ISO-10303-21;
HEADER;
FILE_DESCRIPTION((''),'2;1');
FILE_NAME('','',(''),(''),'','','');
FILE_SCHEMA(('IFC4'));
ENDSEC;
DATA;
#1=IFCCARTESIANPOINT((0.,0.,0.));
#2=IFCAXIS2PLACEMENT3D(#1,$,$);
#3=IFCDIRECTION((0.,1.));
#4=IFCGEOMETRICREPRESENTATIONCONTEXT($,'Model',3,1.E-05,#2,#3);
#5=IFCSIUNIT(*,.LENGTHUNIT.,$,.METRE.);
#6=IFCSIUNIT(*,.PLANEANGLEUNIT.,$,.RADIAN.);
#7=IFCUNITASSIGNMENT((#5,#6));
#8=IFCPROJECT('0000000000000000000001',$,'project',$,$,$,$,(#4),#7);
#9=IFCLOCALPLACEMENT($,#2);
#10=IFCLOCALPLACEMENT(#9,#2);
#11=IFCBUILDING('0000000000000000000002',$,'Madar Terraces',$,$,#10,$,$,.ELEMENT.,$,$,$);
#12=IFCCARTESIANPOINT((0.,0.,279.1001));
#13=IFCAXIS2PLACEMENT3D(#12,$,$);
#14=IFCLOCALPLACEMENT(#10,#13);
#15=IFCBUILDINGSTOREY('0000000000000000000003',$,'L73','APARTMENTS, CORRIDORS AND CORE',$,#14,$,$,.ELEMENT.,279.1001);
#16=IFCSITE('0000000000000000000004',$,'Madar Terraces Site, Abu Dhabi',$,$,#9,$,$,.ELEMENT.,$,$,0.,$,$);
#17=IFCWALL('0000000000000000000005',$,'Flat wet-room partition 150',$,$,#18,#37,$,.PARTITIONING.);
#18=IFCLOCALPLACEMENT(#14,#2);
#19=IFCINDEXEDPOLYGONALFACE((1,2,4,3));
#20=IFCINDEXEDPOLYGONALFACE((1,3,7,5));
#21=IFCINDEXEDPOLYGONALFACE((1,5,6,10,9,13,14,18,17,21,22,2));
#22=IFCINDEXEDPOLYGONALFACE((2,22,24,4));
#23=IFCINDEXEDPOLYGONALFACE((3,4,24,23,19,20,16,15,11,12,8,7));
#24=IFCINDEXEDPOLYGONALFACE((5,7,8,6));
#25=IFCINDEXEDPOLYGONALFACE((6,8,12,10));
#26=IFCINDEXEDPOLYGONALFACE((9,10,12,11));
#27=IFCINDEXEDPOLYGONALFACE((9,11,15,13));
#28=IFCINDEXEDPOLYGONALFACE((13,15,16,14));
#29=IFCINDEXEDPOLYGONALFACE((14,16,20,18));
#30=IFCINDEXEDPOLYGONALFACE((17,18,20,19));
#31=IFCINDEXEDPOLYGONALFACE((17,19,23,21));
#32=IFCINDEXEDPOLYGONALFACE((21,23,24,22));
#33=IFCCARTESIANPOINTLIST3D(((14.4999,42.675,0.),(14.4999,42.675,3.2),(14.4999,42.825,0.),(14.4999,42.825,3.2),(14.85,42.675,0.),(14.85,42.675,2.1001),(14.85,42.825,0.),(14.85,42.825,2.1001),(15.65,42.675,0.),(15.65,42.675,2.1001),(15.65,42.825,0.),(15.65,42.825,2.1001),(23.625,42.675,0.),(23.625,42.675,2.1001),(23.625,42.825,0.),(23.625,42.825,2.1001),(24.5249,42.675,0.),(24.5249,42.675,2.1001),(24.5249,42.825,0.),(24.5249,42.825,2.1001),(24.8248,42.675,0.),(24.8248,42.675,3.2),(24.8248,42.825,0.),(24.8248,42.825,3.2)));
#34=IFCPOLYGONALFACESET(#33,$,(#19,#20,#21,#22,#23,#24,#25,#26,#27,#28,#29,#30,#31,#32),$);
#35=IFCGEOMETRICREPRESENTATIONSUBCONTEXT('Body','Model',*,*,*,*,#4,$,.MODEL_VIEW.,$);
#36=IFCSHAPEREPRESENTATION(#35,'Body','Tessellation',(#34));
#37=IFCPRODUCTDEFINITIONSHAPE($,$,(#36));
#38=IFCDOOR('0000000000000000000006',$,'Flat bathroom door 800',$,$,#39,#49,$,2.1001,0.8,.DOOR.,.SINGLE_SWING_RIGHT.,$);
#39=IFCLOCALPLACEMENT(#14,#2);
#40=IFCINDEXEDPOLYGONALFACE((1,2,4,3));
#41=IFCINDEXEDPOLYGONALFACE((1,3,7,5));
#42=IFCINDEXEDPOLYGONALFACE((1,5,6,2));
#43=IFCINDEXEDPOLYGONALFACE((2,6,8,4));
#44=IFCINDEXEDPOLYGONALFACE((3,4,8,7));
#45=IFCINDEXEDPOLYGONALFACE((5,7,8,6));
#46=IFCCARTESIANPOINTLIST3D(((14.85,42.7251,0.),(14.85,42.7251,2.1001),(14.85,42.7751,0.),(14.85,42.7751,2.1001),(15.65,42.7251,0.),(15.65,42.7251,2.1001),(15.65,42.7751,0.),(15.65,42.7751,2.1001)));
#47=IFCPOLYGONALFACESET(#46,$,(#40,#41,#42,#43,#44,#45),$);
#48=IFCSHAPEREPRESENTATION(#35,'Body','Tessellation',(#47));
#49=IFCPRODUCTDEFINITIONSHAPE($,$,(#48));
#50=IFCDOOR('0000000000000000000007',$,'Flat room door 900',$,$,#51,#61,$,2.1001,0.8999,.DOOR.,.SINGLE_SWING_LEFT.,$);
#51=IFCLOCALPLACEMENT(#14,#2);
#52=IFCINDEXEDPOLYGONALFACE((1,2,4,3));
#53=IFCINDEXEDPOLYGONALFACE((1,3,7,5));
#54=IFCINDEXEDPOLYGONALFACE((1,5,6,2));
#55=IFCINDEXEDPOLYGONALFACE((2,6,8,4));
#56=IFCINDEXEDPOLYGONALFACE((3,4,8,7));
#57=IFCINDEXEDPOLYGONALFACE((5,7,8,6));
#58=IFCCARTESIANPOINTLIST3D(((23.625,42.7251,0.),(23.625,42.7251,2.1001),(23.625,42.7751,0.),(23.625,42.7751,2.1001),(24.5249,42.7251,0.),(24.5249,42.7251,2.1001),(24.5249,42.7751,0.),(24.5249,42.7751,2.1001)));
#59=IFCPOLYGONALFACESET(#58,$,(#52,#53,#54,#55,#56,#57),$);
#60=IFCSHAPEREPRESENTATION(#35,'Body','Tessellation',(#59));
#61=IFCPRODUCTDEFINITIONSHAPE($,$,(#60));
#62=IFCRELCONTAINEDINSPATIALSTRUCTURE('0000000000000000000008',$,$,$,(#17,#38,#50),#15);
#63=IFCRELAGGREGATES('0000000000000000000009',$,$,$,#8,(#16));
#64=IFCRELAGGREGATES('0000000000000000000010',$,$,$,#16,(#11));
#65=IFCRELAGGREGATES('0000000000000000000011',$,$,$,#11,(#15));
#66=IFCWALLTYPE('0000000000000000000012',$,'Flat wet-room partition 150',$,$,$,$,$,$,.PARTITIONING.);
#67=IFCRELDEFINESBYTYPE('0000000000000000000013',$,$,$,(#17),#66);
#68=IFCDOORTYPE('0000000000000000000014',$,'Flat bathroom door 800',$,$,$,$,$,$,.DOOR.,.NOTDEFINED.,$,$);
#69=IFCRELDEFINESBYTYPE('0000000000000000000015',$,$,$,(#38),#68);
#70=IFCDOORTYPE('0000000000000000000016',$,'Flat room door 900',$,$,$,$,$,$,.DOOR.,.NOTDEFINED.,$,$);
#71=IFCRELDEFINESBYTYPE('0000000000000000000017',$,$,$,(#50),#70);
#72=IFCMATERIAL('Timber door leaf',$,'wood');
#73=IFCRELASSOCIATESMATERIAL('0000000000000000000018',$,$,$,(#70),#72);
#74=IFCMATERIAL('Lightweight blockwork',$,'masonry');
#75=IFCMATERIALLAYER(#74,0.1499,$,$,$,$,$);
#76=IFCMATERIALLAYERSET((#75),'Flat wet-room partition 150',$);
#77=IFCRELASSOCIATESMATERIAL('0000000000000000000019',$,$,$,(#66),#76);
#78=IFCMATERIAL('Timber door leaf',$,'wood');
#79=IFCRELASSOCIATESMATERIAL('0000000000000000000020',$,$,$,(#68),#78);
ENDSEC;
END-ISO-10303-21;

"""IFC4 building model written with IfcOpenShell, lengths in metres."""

from ifc_helpers import new_model, si_unit, direction, frame, frame_2d, origin, place, context, subcontext, project, spatial, rectangle, extrude, material, layer, layer_set, type_object, element, fill, save


model = new_model("IFC4")

# Units and contexts
model_context = context("Model", 3, precision=1e-05, world=origin(), true_north=direction((0.0, 1.0)))
body_context = subcontext(model_context, "Body", "Model", "MODEL_VIEW")
ifc_project = project(units=[si_unit("LENGTHUNIT", "METRE"), si_unit("PLANEANGLEUNIT", "RADIAN")], contexts=[model_context])

# Site, building, storey
site_placement = place(None, origin())
site = spatial("IfcSite", under=ifc_project, at=site_placement, Name="Madar Terraces Site, Abu Dhabi", CompositionType="ELEMENT", RefElevation=0.0)
building_placement = place(site_placement, origin())
building = spatial("IfcBuilding", under=site, at=building_placement, Name="Madar Terraces", CompositionType="ELEMENT")
storey_placement = place(building_placement, frame((0.0, 0.0, 279.1001)))
storey = spatial("IfcBuildingStorey", under=building, at=storey_placement, Name="L73", Description="APARTMENTS, CORRIDORS AND CORE", CompositionType="ELEMENT", Elevation=279.1001)

# Shared definitions
ifc_material_1 = material(Name="Timber door leaf", Category="wood")
door_type_1 = type_object("IfcDoorType", Name="Flat room door 900", OperationType="NOTDEFINED", PredefinedType="DOOR", material=ifc_material_1)

# Shared definitions
ifc_material_2 = material(Name="Lightweight blockwork", Category="masonry")
ifc_layer_1 = layer(ifc_material_2, 0.1499)
ifc_layer_set_1 = layer_set([ifc_layer_1], Name="Flat wet-room partition 150")
wall_type_1 = type_object("IfcWallType", Name="Flat wet-room partition 150", PredefinedType="PARTITIONING", material=ifc_layer_set_1)

# Wall, openings, doors
wall_1_placement = place(storey_placement, frame((24.825, 42.75, 0.0), z_axis=(0.0, 0.0, 1.0), x_axis=(-1.0, 0.0, 0.0)))
wall_1 = element("IfcWall", 1, at=wall_1_placement, inside=storey, type_object=wall_type_1, Name="Flat wet-room partition 150", PredefinedType="PARTITIONING", context=body_context, shape_type="SweptSolid", body=[
    extrude(rectangle(XDim=10.325, YDim=0.1499, at=frame_2d((5.1626, 0.0))), origin(), (0.0, 0.0, 1.0), 3.2),
])
opening_1_placement = place(wall_1_placement, frame((0.3, 0.0, 0.0)))
opening_1 = element("IfcOpeningElement", 2, at=opening_1_placement, cuts=wall_1, PredefinedType="OPENING", context=body_context, shape_type="SweptSolid", body=[
    extrude(rectangle(XDim=0.8999, YDim=2.1001, at=frame_2d((0.45, 1.05))), frame((0.0, 0.085, 0.0), z_axis=(0.0, -1.0, 0.0), x_axis=(1.0, 0.0, 0.0)), (0.0, 0.0, 1.0), 0.1699),
])
opening_2_placement = place(wall_1_placement, frame((9.175, 0.0, 0.0)))
opening_2 = element("IfcOpeningElement", 3, at=opening_2_placement, cuts=wall_1, PredefinedType="OPENING", context=body_context, shape_type="SweptSolid", body=[
    extrude(rectangle(XDim=0.8, YDim=2.1001, at=frame_2d((0.3999, 1.05))), frame((0.0, 0.085, 0.0), z_axis=(0.0, -1.0, 0.0), x_axis=(1.0, 0.0, 0.0)), (0.0, 0.0, 1.0), 0.1699),
])
ifc_material_3 = material(Name="Timber door leaf", Category="wood")
door_type_2 = type_object("IfcDoorType", Name="Flat bathroom door 800", OperationType="NOTDEFINED", PredefinedType="DOOR", material=ifc_material_3)
door_1_placement = place(opening_2_placement, origin())
door_1 = element("IfcDoor", 4, at=door_1_placement, inside=storey, type_object=door_type_2, Name="Flat bathroom door 800", OperationType="SINGLE_SWING_RIGHT", OverallHeight=2.1001, OverallWidth=0.8, PredefinedType="DOOR", context=body_context, shape_type="SweptSolid", body=[
    extrude(rectangle(XDim=0.8, YDim=2.1001, at=frame_2d((0.3999, 1.05))), frame((0.0, 0.0249, 0.0), z_axis=(0.0, -1.0, 0.0), x_axis=(1.0, 0.0, 0.0)), (0.0, 0.0, 1.0), 0.05),
])
fill(opening_2, door_1)
door_2_placement = place(opening_1_placement, origin())
door_2 = element("IfcDoor", 5, at=door_2_placement, inside=storey, type_object=door_type_1, Name="Flat room door 900", OperationType="SINGLE_SWING_LEFT", OverallHeight=2.1001, OverallWidth=0.8999, PredefinedType="DOOR", context=body_context, shape_type="SweptSolid", body=[
    extrude(rectangle(XDim=0.8999, YDim=2.1001, at=frame_2d((0.45, 1.05))), frame((0.0, 0.0249, 0.0), z_axis=(0.0, -1.0, 0.0), x_axis=(1.0, 0.0, 0.0)), (0.0, 0.0, 1.0), 0.05),
])
fill(opening_1, door_2)

save(model, "model.ifc")
